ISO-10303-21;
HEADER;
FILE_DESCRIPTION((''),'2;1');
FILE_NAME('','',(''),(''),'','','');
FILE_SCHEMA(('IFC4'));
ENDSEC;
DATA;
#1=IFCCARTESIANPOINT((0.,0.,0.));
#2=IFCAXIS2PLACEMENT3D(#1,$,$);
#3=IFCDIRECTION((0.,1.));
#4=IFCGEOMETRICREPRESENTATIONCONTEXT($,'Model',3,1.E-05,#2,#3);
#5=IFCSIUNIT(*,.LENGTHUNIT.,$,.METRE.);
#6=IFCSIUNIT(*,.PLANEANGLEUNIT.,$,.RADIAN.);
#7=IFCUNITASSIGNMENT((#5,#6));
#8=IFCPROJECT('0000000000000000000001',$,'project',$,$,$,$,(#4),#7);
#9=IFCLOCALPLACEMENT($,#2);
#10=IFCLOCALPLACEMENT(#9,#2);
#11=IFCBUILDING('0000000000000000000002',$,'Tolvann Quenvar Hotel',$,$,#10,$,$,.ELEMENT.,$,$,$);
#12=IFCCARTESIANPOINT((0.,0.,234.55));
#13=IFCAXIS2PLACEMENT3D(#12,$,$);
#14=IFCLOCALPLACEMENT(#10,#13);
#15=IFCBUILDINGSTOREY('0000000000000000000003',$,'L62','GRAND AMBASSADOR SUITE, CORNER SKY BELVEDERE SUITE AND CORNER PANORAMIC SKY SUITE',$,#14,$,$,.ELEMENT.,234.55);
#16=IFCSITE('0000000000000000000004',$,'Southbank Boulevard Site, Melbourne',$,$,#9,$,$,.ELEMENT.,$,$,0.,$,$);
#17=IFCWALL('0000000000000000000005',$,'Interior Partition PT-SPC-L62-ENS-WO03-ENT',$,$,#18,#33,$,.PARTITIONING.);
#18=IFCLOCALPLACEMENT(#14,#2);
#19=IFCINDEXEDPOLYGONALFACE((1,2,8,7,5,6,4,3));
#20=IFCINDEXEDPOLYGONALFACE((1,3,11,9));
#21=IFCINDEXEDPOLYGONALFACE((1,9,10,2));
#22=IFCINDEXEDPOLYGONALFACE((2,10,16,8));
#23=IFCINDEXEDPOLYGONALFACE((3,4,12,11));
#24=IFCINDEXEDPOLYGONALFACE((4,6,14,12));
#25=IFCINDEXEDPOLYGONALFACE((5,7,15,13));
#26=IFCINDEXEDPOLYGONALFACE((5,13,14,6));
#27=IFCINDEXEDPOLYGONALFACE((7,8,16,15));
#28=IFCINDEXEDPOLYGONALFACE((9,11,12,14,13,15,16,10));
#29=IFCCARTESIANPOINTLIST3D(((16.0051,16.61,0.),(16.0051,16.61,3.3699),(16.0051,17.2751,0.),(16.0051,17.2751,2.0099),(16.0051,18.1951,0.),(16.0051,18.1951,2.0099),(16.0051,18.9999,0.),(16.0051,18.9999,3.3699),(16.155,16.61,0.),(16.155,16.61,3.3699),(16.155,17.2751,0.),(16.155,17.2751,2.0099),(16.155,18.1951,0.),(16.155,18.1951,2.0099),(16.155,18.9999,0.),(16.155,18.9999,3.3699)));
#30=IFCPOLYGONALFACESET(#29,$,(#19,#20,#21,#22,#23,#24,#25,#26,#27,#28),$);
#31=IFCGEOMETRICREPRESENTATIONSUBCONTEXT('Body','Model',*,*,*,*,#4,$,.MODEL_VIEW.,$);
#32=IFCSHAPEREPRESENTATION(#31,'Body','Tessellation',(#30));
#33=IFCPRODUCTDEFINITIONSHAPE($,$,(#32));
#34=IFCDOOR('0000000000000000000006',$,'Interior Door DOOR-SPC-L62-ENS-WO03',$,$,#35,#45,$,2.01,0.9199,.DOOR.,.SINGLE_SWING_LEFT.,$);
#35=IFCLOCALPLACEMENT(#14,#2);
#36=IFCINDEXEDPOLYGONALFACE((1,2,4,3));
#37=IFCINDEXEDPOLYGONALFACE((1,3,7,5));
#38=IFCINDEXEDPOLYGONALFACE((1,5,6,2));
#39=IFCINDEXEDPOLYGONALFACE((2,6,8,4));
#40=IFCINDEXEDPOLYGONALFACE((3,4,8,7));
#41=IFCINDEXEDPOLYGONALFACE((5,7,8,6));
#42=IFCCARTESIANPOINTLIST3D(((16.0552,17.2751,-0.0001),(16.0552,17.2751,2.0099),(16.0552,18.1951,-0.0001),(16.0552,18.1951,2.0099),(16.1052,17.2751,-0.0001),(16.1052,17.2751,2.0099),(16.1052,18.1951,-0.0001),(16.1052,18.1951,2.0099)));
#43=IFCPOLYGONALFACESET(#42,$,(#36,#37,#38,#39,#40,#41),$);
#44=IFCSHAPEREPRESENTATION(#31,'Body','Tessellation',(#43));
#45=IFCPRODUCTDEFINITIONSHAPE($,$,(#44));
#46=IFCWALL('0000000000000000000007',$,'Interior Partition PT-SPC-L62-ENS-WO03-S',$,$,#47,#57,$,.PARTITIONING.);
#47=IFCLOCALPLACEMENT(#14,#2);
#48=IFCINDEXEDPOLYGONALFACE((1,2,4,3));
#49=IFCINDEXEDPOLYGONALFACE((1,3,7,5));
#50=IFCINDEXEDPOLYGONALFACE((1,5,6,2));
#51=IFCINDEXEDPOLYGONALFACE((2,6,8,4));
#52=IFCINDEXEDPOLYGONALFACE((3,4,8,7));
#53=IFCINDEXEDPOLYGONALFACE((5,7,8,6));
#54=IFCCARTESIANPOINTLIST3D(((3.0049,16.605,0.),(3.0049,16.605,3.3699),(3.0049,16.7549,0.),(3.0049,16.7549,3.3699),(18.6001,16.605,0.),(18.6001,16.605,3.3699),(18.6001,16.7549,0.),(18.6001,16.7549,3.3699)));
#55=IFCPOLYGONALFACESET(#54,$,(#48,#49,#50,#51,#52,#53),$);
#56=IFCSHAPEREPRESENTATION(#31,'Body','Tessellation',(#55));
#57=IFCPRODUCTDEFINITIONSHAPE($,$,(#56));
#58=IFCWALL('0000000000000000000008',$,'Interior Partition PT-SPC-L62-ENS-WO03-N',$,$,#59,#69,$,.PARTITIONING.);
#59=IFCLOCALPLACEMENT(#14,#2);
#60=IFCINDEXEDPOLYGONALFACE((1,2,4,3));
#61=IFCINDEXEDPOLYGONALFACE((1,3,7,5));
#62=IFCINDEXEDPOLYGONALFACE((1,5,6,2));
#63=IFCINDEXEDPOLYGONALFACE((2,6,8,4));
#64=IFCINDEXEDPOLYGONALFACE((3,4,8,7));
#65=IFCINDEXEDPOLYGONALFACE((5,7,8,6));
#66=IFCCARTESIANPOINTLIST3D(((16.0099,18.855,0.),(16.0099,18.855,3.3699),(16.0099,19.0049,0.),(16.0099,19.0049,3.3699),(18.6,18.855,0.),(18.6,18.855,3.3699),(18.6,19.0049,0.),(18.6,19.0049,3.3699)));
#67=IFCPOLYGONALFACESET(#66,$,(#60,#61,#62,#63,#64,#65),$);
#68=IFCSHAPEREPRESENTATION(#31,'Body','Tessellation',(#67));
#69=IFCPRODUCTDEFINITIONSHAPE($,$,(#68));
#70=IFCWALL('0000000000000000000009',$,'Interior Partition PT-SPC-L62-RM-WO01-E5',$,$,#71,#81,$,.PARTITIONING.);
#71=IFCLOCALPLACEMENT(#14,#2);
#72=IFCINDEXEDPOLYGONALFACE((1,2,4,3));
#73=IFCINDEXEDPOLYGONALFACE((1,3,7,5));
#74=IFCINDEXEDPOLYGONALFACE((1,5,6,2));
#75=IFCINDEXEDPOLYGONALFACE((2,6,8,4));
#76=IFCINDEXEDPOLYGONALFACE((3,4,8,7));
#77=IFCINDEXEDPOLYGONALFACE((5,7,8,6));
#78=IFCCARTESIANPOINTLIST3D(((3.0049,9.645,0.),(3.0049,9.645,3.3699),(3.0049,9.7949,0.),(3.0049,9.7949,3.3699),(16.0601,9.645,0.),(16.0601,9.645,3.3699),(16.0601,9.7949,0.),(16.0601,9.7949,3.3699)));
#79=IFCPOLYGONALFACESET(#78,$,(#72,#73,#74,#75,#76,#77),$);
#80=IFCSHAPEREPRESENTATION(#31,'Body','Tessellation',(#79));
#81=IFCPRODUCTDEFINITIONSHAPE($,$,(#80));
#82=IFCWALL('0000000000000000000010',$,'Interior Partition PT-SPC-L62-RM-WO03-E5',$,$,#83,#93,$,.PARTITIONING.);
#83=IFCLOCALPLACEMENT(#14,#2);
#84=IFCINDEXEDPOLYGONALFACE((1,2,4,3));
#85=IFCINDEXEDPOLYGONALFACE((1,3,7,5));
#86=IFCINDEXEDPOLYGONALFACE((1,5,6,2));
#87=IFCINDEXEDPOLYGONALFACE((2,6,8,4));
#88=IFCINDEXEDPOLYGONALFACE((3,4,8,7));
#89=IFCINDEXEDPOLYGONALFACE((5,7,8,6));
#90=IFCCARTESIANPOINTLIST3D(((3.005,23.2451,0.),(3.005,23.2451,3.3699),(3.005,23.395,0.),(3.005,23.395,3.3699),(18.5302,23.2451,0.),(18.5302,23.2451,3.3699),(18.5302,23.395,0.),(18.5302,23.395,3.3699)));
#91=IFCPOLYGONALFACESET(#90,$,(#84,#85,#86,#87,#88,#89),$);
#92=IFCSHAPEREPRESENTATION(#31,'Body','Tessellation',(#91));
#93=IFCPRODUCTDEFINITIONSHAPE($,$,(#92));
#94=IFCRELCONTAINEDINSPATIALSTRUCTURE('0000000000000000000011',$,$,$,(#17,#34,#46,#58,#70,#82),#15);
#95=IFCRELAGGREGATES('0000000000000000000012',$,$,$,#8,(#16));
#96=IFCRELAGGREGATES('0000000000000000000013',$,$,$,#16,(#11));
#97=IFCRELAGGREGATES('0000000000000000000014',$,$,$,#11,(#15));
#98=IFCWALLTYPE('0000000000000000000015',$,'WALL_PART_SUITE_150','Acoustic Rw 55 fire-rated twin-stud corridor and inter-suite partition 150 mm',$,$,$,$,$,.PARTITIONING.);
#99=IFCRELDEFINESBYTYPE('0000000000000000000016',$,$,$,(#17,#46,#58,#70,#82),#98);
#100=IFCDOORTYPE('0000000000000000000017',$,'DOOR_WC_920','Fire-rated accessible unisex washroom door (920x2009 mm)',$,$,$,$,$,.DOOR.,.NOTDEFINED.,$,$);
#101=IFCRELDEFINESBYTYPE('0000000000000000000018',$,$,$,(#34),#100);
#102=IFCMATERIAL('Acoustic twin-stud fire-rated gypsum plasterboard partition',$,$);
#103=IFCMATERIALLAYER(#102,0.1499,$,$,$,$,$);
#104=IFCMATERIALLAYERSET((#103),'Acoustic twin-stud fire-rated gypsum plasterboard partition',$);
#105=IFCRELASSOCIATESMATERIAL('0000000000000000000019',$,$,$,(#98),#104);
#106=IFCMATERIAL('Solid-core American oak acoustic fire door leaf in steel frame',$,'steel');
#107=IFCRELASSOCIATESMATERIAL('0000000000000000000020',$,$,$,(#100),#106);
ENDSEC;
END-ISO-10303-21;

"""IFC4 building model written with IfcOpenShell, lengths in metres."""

from ifc_helpers import new_model, si_unit, direction, frame, frame_2d, origin, place, context, subcontext, project, spatial, rectangle, extrude, source, transform, mapped, material, layer, layer_set, type_object, type_shapes, element, fill, save


model = new_model("IFC4")

# Units and contexts
model_context = context("Model", 3, precision=1e-05, world=origin(), true_north=direction((0.0, 1.0)))
body_context = subcontext(model_context, "Body", "Model", "MODEL_VIEW")
ifc_project = project(units=[si_unit("LENGTHUNIT", "METRE"), si_unit("PLANEANGLEUNIT", "RADIAN")], contexts=[model_context])

# Site, building, storey
site_placement = place(None, origin())
site = spatial("IfcSite", under=ifc_project, at=site_placement, Name="Southbank Boulevard Site, Melbourne", CompositionType="ELEMENT", RefElevation=0.0)
building_placement = place(site_placement, origin())
building = spatial("IfcBuilding", under=site, at=building_placement, Name="Tolvann Quenvar Hotel", CompositionType="ELEMENT")
storey_placement = place(building_placement, frame((0.0, 0.0, 234.55)))
storey = spatial("IfcBuildingStorey", under=building, at=storey_placement, Name="L62", Description="GRAND AMBASSADOR SUITE, CORNER SKY BELVEDERE SUITE AND CORNER PANORAMIC SKY SUITE", CompositionType="ELEMENT", Elevation=234.55)

# Shared definitions
ifc_material_1 = material(Name="Acoustic twin-stud fire-rated gypsum plasterboard partition")
ifc_layer_1 = layer(ifc_material_1, 0.1499)
ifc_layer_set_1 = layer_set([ifc_layer_1], Name="Acoustic twin-stud fire-rated gypsum plasterboard partition")
wall_type_1 = type_object("IfcWallType", Name="WALL_PART_SUITE_150", Description="Acoustic Rw 55 fire-rated twin-stud corridor and inter-suite partition 150 mm", PredefinedType="PARTITIONING", material=ifc_layer_set_1)
ifc_material_2 = material(Name="Solid-core American oak acoustic fire door leaf in steel frame", Category="steel")
door_type = type_object("IfcDoorType", Name="DOOR_WC_920", Description="Fire-rated accessible unisex washroom door (920x2009 mm)", OperationType="NOTDEFINED", PredefinedType="DOOR", material=ifc_material_2)
shared_shape_1 = source(origin(), body_context, "Body", "SweptSolid", [
    extrude(rectangle(XDim=0.9199, YDim=2.01, at=frame_2d((0.46, 1.0049))), frame((0.0, 0.0249, 0.0), z_axis=(0.0, -1.0, 0.0), x_axis=(1.0, 0.0, 0.0)), (0.0, 0.0, 1.0), 0.05),
])
type_shapes(door_type, [shared_shape_1])

# Wall, opening, door
wall_1_placement = place(storey_placement, frame((16.0801, 16.6101, 0.0), z_axis=(0.0, 0.0, 1.0), x_axis=(0.0, 1.0, 0.0)))
wall_1 = element("IfcWall", 1, at=wall_1_placement, inside=storey, type_object=wall_type_1, Name="Interior Partition PT-SPC-L62-ENS-WO03-ENT", PredefinedType="PARTITIONING", context=body_context, shape_type="SweptSolid", body=[
    extrude(rectangle(XDim=2.3899, YDim=0.1499, at=frame_2d((1.1948, 0.0))), origin(), (0.0, 0.0, 1.0), 3.3699),
])
opening_1_placement = place(wall_1_placement, frame((0.665, 0.0, 0.0)))
opening_1 = element("IfcOpeningElement", 2, at=opening_1_placement, cuts=wall_1, PredefinedType="OPENING", context=body_context, shape_type="SweptSolid", body=[
    extrude(rectangle(XDim=0.9199, YDim=2.01, at=frame_2d((0.46, 1.0049))), frame((0.0, 0.085, 0.0), z_axis=(0.0, -1.0, 0.0), x_axis=(1.0, 0.0, 0.0)), (0.0, 0.0, 1.0), 0.1699),
])
door_1_placement = place(opening_1_placement, origin())
door_1 = element("IfcDoor", 3, at=door_1_placement, inside=storey, type_object=door_type, Name="Interior Door DOOR-SPC-L62-ENS-WO03", OperationType="SINGLE_SWING_LEFT", OverallHeight=2.01, OverallWidth=0.9199, PredefinedType="DOOR", context=body_context, shape_type="MappedRepresentation", body=[
    mapped(shared_shape_1, transform((0.0, 0.0, 0.0), x_axis=(1.0, 0.0, 0.0), y_axis=(0.0, 1.0, 0.0), z_axis=(0.0, 0.0, 1.0), scale=1.0)),
])
fill(opening_1, door_1)

# Walls
wall_2_placement = place(storey_placement, frame((3.0049, 16.6799, 0.0), z_axis=(0.0, 0.0, 1.0), x_axis=(1.0, 0.0, 0.0)))
element("IfcWall", 4, at=wall_2_placement, inside=storey, type_object=wall_type_1, Name="Interior Partition PT-SPC-L62-ENS-WO03-S", PredefinedType="PARTITIONING", context=body_context, shape_type="SweptSolid", body=[
    extrude(rectangle(XDim=15.5952, YDim=0.1499, at=frame_2d((7.7976, 0.0))), origin(), (0.0, 0.0, 1.0), 3.3699),
])
wall_3_placement = place(storey_placement, frame((16.01, 18.9299, 0.0), z_axis=(0.0, 0.0, 1.0), x_axis=(1.0, 0.0, 0.0)))
element("IfcWall", 5, at=wall_3_placement, inside=storey, type_object=wall_type_1, Name="Interior Partition PT-SPC-L62-ENS-WO03-N", PredefinedType="PARTITIONING", context=body_context, shape_type="SweptSolid", body=[
    extrude(rectangle(XDim=2.5901, YDim=0.1499, at=frame_2d((1.2949, 0.0))), origin(), (0.0, 0.0, 1.0), 3.3699),
])
wall_4_placement = place(storey_placement, frame((3.0049, 9.72, 0.0), z_axis=(0.0, 0.0, 1.0), x_axis=(1.0, 0.0, 0.0)))
element("IfcWall", 6, at=wall_4_placement, inside=storey, type_object=wall_type_1, Name="Interior Partition PT-SPC-L62-RM-WO01-E5", PredefinedType="PARTITIONING", context=body_context, shape_type="SweptSolid", body=[
    extrude(rectangle(XDim=13.0552, YDim=0.1499, at=frame_2d((6.5276, 0.0))), origin(), (0.0, 0.0, 1.0), 3.3699),
])
wall_5_placement = place(storey_placement, frame((3.0049, 23.3201, 0.0), z_axis=(0.0, 0.0, 1.0), x_axis=(1.0, 0.0, 0.0)))
element("IfcWall", 7, at=wall_5_placement, inside=storey, type_object=wall_type_1, Name="Interior Partition PT-SPC-L62-RM-WO03-E5", PredefinedType="PARTITIONING", context=body_context, shape_type="SweptSolid", body=[
    extrude(rectangle(XDim=15.5251, YDim=0.1499, at=frame_2d((7.7627, 0.0))), origin(), (0.0, 0.0, 1.0), 3.3699),
])

save(model, "model.ifc")
